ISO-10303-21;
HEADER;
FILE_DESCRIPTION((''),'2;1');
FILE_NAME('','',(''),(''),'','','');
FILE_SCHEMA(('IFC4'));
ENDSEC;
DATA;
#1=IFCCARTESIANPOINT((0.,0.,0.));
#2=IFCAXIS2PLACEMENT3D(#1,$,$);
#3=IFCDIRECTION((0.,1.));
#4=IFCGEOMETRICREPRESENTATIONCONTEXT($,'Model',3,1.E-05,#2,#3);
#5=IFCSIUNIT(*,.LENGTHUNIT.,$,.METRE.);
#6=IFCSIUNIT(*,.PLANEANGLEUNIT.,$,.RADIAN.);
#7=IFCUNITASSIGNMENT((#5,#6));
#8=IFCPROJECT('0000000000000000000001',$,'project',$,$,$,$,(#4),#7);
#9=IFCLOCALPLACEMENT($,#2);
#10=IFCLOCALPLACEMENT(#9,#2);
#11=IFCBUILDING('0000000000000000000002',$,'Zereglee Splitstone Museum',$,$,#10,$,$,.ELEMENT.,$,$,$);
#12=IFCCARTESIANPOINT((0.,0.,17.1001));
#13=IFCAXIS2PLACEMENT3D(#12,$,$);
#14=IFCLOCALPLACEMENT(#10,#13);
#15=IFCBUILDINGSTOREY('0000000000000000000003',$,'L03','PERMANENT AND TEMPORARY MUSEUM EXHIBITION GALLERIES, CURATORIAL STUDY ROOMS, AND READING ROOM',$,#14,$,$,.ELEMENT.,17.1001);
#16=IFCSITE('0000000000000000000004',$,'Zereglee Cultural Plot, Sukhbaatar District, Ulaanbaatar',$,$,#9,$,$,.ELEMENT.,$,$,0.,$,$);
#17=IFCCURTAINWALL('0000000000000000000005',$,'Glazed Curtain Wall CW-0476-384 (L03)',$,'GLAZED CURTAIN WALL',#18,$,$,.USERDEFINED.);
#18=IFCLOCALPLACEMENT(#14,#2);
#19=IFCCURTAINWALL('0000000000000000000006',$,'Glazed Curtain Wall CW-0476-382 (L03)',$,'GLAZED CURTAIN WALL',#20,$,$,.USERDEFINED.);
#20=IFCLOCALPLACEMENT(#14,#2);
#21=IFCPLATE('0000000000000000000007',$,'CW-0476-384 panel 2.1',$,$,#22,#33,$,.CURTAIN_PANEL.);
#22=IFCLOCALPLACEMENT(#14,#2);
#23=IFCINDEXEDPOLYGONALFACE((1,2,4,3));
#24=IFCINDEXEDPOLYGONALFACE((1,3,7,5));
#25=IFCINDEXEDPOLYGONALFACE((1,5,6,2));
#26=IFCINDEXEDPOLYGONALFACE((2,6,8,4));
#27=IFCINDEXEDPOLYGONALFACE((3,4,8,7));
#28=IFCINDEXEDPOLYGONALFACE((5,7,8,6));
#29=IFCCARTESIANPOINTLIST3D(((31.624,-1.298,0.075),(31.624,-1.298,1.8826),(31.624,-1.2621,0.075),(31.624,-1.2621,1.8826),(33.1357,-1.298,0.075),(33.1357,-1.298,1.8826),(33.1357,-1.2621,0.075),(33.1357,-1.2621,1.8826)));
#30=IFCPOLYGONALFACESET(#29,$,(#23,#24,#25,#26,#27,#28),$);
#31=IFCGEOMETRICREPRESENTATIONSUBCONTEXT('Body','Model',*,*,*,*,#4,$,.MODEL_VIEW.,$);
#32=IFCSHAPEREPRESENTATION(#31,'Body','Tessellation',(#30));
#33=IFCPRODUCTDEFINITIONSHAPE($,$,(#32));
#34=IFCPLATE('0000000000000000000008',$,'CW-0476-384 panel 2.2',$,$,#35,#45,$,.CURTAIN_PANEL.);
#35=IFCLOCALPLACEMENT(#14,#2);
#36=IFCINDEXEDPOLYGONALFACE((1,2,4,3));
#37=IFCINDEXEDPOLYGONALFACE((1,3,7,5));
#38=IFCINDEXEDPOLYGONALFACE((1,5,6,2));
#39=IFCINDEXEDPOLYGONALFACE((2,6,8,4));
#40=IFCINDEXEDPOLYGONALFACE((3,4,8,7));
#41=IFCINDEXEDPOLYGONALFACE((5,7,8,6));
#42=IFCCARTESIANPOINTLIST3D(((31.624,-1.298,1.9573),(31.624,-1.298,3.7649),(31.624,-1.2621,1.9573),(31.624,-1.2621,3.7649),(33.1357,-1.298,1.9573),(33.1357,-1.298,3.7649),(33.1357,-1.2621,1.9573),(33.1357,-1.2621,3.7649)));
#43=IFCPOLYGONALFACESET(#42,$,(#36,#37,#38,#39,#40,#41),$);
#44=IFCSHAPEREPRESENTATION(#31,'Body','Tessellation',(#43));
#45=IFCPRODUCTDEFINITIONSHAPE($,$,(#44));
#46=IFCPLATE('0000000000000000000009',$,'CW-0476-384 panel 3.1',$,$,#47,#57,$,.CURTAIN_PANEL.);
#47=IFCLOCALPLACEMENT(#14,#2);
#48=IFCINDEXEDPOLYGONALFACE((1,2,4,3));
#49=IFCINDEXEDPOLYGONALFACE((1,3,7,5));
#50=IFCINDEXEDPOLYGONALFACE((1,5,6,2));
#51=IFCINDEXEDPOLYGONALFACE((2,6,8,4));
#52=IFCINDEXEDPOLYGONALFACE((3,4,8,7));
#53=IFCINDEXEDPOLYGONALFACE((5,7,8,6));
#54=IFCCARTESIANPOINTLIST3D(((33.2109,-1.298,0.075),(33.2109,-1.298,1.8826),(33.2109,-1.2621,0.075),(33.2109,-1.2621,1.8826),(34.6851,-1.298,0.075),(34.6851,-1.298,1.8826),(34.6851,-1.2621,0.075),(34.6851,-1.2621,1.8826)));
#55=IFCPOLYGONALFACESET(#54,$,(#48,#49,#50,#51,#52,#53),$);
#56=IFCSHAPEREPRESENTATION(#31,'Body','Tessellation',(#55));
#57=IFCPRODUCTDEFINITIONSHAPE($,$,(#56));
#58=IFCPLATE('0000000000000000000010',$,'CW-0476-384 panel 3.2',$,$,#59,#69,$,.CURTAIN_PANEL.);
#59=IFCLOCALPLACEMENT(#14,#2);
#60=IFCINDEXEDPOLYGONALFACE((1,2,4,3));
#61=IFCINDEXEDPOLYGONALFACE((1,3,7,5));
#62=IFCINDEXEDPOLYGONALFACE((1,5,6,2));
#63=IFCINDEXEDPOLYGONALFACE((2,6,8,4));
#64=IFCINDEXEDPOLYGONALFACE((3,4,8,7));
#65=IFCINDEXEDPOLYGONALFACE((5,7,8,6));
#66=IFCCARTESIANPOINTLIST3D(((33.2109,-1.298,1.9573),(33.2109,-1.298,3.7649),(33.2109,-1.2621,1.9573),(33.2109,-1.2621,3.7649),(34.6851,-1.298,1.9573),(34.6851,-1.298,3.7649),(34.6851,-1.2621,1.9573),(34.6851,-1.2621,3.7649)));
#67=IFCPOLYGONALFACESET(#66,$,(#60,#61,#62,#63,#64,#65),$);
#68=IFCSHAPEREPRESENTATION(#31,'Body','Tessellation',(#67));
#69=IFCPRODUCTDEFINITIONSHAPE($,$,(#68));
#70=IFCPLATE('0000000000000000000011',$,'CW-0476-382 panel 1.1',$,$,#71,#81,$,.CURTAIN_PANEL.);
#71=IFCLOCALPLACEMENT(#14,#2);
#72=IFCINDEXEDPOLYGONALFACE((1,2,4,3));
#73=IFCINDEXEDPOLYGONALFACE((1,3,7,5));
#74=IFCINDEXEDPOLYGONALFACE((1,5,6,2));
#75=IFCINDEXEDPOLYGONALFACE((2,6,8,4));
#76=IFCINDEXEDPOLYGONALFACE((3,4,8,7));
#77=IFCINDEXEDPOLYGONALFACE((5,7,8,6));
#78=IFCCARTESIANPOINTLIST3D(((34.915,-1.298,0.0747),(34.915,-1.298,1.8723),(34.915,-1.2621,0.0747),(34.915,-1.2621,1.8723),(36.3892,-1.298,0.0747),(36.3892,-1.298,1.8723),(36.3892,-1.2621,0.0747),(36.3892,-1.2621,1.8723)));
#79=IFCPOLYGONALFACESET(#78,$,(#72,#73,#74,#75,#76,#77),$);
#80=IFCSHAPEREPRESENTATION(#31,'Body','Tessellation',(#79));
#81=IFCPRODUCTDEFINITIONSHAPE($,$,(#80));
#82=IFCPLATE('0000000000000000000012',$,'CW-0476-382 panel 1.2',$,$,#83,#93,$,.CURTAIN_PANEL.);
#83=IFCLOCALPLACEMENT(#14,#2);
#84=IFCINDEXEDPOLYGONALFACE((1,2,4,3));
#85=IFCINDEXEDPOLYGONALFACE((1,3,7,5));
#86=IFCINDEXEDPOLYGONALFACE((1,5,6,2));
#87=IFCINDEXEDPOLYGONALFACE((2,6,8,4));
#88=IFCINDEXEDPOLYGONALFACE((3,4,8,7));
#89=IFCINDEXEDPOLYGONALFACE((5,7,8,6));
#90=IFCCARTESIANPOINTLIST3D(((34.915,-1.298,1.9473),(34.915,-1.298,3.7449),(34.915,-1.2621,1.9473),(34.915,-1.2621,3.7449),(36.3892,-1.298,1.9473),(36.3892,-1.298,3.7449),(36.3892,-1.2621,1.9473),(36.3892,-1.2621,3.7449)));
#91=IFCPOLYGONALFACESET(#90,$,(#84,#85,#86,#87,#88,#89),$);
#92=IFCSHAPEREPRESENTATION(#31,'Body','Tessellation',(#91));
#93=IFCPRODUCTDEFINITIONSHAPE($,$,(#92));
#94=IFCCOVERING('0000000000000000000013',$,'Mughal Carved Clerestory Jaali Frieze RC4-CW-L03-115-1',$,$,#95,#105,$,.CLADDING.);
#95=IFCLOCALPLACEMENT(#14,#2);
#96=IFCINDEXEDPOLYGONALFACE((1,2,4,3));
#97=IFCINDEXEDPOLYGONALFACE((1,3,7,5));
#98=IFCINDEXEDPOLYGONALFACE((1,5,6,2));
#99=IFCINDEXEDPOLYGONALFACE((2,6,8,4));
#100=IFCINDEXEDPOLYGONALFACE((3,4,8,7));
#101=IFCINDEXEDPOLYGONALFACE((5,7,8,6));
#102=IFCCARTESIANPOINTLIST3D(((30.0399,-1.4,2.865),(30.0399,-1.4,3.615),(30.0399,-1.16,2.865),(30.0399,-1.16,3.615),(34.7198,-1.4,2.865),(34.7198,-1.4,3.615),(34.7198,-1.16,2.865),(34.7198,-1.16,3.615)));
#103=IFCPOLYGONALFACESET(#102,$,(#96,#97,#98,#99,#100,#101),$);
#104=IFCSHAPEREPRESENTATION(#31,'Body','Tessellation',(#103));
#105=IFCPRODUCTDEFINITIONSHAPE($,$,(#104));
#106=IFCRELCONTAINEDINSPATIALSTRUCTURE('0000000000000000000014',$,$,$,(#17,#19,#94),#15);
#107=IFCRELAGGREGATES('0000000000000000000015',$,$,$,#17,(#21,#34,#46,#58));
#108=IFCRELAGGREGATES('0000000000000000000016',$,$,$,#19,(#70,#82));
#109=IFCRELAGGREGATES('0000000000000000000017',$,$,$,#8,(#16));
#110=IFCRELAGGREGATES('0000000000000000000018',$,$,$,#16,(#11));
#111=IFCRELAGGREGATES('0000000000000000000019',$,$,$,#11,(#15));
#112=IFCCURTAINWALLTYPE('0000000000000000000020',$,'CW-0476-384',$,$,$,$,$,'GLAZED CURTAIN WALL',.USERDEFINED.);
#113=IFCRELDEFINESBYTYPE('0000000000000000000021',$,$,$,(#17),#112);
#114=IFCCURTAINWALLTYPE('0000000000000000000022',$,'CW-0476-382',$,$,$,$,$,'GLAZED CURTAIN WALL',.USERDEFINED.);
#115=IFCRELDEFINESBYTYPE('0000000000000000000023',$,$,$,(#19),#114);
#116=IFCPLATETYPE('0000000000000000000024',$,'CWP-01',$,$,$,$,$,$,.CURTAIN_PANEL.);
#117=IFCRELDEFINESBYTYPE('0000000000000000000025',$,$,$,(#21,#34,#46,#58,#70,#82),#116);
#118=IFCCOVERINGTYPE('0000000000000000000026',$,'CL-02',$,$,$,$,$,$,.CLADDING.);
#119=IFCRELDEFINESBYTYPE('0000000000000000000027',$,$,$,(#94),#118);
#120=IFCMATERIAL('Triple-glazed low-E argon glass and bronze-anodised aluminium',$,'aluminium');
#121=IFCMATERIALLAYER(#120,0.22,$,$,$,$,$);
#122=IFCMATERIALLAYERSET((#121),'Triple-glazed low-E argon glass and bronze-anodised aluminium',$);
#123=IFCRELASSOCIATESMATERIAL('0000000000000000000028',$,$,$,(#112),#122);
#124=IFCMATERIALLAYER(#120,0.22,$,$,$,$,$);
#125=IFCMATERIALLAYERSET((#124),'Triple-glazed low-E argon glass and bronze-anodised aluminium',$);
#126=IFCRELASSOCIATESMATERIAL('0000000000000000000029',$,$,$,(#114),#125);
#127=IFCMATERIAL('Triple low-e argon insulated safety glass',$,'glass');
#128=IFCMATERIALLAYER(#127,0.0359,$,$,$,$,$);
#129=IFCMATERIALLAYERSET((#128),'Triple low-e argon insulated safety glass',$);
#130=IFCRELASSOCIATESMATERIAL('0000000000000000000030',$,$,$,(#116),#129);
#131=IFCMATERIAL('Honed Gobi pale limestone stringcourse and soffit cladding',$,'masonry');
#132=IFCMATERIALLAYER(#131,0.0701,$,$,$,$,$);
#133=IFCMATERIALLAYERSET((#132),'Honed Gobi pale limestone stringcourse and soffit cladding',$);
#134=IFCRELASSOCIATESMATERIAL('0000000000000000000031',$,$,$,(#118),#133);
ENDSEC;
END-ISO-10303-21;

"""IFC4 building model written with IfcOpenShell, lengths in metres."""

from ifc_helpers import new_model, si_unit, direction, frame, origin, origin_2d, place, context, subcontext, project, spatial, rectangle, extrude, material, layer, layer_set, type_object, element, aggregate, save


model = new_model("IFC4")

# Units and contexts
model_context = context("Model", 3, precision=1e-05, world=origin(), true_north=direction((0.0, 1.0)))
body_context = subcontext(model_context, "Body", "Model", "MODEL_VIEW")
ifc_project = project(units=[si_unit("LENGTHUNIT", "METRE"), si_unit("PLANEANGLEUNIT", "RADIAN")], contexts=[model_context])

# Site, building, storey
site_placement = place(None, origin())
site = spatial("IfcSite", under=ifc_project, at=site_placement, Name="Zereglee Cultural Plot, Sukhbaatar District, Ulaanbaatar", CompositionType="ELEMENT", RefElevation=0.0)
building_placement = place(site_placement, origin())
building = spatial("IfcBuilding", under=site, at=building_placement, Name="Zereglee Splitstone Museum", CompositionType="ELEMENT")
storey_placement = place(building_placement, frame((0.0, 0.0, 17.1001)))
storey = spatial("IfcBuildingStorey", under=building, at=storey_placement, Name="L03", Description="PERMANENT AND TEMPORARY MUSEUM EXHIBITION GALLERIES, CURATORIAL STUDY ROOMS, AND READING ROOM", CompositionType="ELEMENT", Elevation=17.1001)

# Curtain walls
ifc_material_1 = material(Name="Triple-glazed low-E argon glass and bronze-anodised aluminium", Category="aluminium")
ifc_layer_1 = layer(ifc_material_1, 0.22)
ifc_layer_set_1 = layer_set([ifc_layer_1], Name="Triple-glazed low-E argon glass and bronze-anodised aluminium")
curtain_wall_type_1 = type_object("IfcCurtainWallType", Name="CW-0476-384", ElementType="GLAZED CURTAIN WALL", PredefinedType="USERDEFINED", material=ifc_layer_set_1)
curtain_wall_1_placement = place(storey_placement, origin())
curtain_wall_1 = element("IfcCurtainWall", 1, at=curtain_wall_1_placement, inside=storey, type_object=curtain_wall_type_1, Name="Glazed Curtain Wall CW-0476-384 (L03)", ObjectType="GLAZED CURTAIN WALL", PredefinedType="USERDEFINED")
ifc_layer_2 = layer(ifc_material_1, 0.22)
ifc_layer_set_2 = layer_set([ifc_layer_2], Name="Triple-glazed low-E argon glass and bronze-anodised aluminium")
curtain_wall_type_2 = type_object("IfcCurtainWallType", Name="CW-0476-382", ElementType="GLAZED CURTAIN WALL", PredefinedType="USERDEFINED", material=ifc_layer_set_2)
curtain_wall_2_placement = place(storey_placement, origin())
curtain_wall_2 = element("IfcCurtainWall", 2, at=curtain_wall_2_placement, inside=storey, type_object=curtain_wall_type_2, Name="Glazed Curtain Wall CW-0476-382 (L03)", ObjectType="GLAZED CURTAIN WALL", PredefinedType="USERDEFINED")

# Plates
ifc_material_2 = material(Name="Triple low-e argon insulated safety glass", Category="glass")
ifc_layer_3 = layer(ifc_material_2, 0.0359)
ifc_layer_set_3 = layer_set([ifc_layer_3], Name="Triple low-e argon insulated safety glass")
plate_type = type_object("IfcPlateType", Name="CWP-01", PredefinedType="CURTAIN_PANEL", material=ifc_layer_set_3)
plate_1_placement = place(storey_placement, frame((32.3799, -1.28, 0.075), z_axis=(0.0, 0.0, 1.0), x_axis=(1.0, 0.0, 0.0)))
plate_1 = element("IfcPlate", 3, at=plate_1_placement, type_object=plate_type, Name="CW-0476-384 panel 2.1", PredefinedType="CURTAIN_PANEL", context=body_context, shape_type="SweptSolid", body=[
    extrude(rectangle(XDim=1.5117, YDim=0.0359, at=origin_2d()), origin(), (0.0, 0.0, 1.0), 1.8076),
])
plate_2_placement = place(storey_placement, frame((32.3799, -1.28, 1.9573), z_axis=(0.0, 0.0, 1.0), x_axis=(1.0, 0.0, 0.0)))
plate_2 = element("IfcPlate", 4, at=plate_2_placement, type_object=plate_type, Name="CW-0476-384 panel 2.2", PredefinedType="CURTAIN_PANEL", context=body_context, shape_type="SweptSolid", body=[
    extrude(rectangle(XDim=1.5117, YDim=0.0359, at=origin_2d()), origin(), (0.0, 0.0, 1.0), 1.8076),
])
plate_3_placement = place(storey_placement, frame((33.948, -1.28, 0.075), z_axis=(0.0, 0.0, 1.0), x_axis=(1.0, 0.0, 0.0)))
plate_3 = element("IfcPlate", 5, at=plate_3_placement, type_object=plate_type, Name="CW-0476-384 panel 3.1", PredefinedType="CURTAIN_PANEL", context=body_context, shape_type="SweptSolid", body=[
    extrude(rectangle(XDim=1.4741, YDim=0.0359, at=origin_2d()), origin(), (0.0, 0.0, 1.0), 1.8076),
])
plate_4_placement = place(storey_placement, frame((33.948, -1.28, 1.9573), z_axis=(0.0, 0.0, 1.0), x_axis=(1.0, 0.0, 0.0)))
plate_4 = element("IfcPlate", 6, at=plate_4_placement, type_object=plate_type, Name="CW-0476-384 panel 3.2", PredefinedType="CURTAIN_PANEL", context=body_context, shape_type="SweptSolid", body=[
    extrude(rectangle(XDim=1.4741, YDim=0.0359, at=origin_2d()), origin(), (0.0, 0.0, 1.0), 1.8076),
])
aggregate(curtain_wall_1, [plate_1, plate_2, plate_3, plate_4])
plate_5_placement = place(storey_placement, frame((35.6521, -1.28, 0.0747), z_axis=(0.0, 0.0, 1.0), x_axis=(1.0, 0.0, 0.0)))
plate_5 = element("IfcPlate", 7, at=plate_5_placement, type_object=plate_type, Name="CW-0476-382 panel 1.1", PredefinedType="CURTAIN_PANEL", context=body_context, shape_type="SweptSolid", body=[
    extrude(rectangle(XDim=1.4741, YDim=0.0359, at=origin_2d()), origin(), (0.0, 0.0, 1.0), 1.7976),
])
plate_6_placement = place(storey_placement, frame((35.6521, -1.28, 1.9473), z_axis=(0.0, 0.0, 1.0), x_axis=(1.0, 0.0, 0.0)))
plate_6 = element("IfcPlate", 8, at=plate_6_placement, type_object=plate_type, Name="CW-0476-382 panel 1.2", PredefinedType="CURTAIN_PANEL", context=body_context, shape_type="SweptSolid", body=[
    extrude(rectangle(XDim=1.4741, YDim=0.0359, at=origin_2d()), origin(), (0.0, 0.0, 1.0), 1.7976),
])
aggregate(curtain_wall_2, [plate_5, plate_6])

# Covering
ifc_material_3 = material(Name="Honed Gobi pale limestone stringcourse and soffit cladding", Category="masonry")
ifc_layer_4 = layer(ifc_material_3, 0.0701)
ifc_layer_set_4 = layer_set([ifc_layer_4], Name="Honed Gobi pale limestone stringcourse and soffit cladding")
covering_type = type_object("IfcCoveringType", Name="CL-02", PredefinedType="CLADDING", material=ifc_layer_set_4)
covering_placement = place(storey_placement, frame((32.3799, -1.28, 2.865), z_axis=(0.0, 0.0, 1.0), x_axis=(1.0, 0.0, 0.0)))
element("IfcCovering", 9, at=covering_placement, inside=storey, type_object=covering_type, Name="Mughal Carved Clerestory Jaali Frieze RC4-CW-L03-115-1", PredefinedType="CLADDING", context=body_context, shape_type="SweptSolid", body=[
    extrude(rectangle(XDim=4.6799, YDim=0.24, at=origin_2d()), origin(), (0.0, 0.0, 1.0), 0.75),
])

save(model, "model.ifc")
